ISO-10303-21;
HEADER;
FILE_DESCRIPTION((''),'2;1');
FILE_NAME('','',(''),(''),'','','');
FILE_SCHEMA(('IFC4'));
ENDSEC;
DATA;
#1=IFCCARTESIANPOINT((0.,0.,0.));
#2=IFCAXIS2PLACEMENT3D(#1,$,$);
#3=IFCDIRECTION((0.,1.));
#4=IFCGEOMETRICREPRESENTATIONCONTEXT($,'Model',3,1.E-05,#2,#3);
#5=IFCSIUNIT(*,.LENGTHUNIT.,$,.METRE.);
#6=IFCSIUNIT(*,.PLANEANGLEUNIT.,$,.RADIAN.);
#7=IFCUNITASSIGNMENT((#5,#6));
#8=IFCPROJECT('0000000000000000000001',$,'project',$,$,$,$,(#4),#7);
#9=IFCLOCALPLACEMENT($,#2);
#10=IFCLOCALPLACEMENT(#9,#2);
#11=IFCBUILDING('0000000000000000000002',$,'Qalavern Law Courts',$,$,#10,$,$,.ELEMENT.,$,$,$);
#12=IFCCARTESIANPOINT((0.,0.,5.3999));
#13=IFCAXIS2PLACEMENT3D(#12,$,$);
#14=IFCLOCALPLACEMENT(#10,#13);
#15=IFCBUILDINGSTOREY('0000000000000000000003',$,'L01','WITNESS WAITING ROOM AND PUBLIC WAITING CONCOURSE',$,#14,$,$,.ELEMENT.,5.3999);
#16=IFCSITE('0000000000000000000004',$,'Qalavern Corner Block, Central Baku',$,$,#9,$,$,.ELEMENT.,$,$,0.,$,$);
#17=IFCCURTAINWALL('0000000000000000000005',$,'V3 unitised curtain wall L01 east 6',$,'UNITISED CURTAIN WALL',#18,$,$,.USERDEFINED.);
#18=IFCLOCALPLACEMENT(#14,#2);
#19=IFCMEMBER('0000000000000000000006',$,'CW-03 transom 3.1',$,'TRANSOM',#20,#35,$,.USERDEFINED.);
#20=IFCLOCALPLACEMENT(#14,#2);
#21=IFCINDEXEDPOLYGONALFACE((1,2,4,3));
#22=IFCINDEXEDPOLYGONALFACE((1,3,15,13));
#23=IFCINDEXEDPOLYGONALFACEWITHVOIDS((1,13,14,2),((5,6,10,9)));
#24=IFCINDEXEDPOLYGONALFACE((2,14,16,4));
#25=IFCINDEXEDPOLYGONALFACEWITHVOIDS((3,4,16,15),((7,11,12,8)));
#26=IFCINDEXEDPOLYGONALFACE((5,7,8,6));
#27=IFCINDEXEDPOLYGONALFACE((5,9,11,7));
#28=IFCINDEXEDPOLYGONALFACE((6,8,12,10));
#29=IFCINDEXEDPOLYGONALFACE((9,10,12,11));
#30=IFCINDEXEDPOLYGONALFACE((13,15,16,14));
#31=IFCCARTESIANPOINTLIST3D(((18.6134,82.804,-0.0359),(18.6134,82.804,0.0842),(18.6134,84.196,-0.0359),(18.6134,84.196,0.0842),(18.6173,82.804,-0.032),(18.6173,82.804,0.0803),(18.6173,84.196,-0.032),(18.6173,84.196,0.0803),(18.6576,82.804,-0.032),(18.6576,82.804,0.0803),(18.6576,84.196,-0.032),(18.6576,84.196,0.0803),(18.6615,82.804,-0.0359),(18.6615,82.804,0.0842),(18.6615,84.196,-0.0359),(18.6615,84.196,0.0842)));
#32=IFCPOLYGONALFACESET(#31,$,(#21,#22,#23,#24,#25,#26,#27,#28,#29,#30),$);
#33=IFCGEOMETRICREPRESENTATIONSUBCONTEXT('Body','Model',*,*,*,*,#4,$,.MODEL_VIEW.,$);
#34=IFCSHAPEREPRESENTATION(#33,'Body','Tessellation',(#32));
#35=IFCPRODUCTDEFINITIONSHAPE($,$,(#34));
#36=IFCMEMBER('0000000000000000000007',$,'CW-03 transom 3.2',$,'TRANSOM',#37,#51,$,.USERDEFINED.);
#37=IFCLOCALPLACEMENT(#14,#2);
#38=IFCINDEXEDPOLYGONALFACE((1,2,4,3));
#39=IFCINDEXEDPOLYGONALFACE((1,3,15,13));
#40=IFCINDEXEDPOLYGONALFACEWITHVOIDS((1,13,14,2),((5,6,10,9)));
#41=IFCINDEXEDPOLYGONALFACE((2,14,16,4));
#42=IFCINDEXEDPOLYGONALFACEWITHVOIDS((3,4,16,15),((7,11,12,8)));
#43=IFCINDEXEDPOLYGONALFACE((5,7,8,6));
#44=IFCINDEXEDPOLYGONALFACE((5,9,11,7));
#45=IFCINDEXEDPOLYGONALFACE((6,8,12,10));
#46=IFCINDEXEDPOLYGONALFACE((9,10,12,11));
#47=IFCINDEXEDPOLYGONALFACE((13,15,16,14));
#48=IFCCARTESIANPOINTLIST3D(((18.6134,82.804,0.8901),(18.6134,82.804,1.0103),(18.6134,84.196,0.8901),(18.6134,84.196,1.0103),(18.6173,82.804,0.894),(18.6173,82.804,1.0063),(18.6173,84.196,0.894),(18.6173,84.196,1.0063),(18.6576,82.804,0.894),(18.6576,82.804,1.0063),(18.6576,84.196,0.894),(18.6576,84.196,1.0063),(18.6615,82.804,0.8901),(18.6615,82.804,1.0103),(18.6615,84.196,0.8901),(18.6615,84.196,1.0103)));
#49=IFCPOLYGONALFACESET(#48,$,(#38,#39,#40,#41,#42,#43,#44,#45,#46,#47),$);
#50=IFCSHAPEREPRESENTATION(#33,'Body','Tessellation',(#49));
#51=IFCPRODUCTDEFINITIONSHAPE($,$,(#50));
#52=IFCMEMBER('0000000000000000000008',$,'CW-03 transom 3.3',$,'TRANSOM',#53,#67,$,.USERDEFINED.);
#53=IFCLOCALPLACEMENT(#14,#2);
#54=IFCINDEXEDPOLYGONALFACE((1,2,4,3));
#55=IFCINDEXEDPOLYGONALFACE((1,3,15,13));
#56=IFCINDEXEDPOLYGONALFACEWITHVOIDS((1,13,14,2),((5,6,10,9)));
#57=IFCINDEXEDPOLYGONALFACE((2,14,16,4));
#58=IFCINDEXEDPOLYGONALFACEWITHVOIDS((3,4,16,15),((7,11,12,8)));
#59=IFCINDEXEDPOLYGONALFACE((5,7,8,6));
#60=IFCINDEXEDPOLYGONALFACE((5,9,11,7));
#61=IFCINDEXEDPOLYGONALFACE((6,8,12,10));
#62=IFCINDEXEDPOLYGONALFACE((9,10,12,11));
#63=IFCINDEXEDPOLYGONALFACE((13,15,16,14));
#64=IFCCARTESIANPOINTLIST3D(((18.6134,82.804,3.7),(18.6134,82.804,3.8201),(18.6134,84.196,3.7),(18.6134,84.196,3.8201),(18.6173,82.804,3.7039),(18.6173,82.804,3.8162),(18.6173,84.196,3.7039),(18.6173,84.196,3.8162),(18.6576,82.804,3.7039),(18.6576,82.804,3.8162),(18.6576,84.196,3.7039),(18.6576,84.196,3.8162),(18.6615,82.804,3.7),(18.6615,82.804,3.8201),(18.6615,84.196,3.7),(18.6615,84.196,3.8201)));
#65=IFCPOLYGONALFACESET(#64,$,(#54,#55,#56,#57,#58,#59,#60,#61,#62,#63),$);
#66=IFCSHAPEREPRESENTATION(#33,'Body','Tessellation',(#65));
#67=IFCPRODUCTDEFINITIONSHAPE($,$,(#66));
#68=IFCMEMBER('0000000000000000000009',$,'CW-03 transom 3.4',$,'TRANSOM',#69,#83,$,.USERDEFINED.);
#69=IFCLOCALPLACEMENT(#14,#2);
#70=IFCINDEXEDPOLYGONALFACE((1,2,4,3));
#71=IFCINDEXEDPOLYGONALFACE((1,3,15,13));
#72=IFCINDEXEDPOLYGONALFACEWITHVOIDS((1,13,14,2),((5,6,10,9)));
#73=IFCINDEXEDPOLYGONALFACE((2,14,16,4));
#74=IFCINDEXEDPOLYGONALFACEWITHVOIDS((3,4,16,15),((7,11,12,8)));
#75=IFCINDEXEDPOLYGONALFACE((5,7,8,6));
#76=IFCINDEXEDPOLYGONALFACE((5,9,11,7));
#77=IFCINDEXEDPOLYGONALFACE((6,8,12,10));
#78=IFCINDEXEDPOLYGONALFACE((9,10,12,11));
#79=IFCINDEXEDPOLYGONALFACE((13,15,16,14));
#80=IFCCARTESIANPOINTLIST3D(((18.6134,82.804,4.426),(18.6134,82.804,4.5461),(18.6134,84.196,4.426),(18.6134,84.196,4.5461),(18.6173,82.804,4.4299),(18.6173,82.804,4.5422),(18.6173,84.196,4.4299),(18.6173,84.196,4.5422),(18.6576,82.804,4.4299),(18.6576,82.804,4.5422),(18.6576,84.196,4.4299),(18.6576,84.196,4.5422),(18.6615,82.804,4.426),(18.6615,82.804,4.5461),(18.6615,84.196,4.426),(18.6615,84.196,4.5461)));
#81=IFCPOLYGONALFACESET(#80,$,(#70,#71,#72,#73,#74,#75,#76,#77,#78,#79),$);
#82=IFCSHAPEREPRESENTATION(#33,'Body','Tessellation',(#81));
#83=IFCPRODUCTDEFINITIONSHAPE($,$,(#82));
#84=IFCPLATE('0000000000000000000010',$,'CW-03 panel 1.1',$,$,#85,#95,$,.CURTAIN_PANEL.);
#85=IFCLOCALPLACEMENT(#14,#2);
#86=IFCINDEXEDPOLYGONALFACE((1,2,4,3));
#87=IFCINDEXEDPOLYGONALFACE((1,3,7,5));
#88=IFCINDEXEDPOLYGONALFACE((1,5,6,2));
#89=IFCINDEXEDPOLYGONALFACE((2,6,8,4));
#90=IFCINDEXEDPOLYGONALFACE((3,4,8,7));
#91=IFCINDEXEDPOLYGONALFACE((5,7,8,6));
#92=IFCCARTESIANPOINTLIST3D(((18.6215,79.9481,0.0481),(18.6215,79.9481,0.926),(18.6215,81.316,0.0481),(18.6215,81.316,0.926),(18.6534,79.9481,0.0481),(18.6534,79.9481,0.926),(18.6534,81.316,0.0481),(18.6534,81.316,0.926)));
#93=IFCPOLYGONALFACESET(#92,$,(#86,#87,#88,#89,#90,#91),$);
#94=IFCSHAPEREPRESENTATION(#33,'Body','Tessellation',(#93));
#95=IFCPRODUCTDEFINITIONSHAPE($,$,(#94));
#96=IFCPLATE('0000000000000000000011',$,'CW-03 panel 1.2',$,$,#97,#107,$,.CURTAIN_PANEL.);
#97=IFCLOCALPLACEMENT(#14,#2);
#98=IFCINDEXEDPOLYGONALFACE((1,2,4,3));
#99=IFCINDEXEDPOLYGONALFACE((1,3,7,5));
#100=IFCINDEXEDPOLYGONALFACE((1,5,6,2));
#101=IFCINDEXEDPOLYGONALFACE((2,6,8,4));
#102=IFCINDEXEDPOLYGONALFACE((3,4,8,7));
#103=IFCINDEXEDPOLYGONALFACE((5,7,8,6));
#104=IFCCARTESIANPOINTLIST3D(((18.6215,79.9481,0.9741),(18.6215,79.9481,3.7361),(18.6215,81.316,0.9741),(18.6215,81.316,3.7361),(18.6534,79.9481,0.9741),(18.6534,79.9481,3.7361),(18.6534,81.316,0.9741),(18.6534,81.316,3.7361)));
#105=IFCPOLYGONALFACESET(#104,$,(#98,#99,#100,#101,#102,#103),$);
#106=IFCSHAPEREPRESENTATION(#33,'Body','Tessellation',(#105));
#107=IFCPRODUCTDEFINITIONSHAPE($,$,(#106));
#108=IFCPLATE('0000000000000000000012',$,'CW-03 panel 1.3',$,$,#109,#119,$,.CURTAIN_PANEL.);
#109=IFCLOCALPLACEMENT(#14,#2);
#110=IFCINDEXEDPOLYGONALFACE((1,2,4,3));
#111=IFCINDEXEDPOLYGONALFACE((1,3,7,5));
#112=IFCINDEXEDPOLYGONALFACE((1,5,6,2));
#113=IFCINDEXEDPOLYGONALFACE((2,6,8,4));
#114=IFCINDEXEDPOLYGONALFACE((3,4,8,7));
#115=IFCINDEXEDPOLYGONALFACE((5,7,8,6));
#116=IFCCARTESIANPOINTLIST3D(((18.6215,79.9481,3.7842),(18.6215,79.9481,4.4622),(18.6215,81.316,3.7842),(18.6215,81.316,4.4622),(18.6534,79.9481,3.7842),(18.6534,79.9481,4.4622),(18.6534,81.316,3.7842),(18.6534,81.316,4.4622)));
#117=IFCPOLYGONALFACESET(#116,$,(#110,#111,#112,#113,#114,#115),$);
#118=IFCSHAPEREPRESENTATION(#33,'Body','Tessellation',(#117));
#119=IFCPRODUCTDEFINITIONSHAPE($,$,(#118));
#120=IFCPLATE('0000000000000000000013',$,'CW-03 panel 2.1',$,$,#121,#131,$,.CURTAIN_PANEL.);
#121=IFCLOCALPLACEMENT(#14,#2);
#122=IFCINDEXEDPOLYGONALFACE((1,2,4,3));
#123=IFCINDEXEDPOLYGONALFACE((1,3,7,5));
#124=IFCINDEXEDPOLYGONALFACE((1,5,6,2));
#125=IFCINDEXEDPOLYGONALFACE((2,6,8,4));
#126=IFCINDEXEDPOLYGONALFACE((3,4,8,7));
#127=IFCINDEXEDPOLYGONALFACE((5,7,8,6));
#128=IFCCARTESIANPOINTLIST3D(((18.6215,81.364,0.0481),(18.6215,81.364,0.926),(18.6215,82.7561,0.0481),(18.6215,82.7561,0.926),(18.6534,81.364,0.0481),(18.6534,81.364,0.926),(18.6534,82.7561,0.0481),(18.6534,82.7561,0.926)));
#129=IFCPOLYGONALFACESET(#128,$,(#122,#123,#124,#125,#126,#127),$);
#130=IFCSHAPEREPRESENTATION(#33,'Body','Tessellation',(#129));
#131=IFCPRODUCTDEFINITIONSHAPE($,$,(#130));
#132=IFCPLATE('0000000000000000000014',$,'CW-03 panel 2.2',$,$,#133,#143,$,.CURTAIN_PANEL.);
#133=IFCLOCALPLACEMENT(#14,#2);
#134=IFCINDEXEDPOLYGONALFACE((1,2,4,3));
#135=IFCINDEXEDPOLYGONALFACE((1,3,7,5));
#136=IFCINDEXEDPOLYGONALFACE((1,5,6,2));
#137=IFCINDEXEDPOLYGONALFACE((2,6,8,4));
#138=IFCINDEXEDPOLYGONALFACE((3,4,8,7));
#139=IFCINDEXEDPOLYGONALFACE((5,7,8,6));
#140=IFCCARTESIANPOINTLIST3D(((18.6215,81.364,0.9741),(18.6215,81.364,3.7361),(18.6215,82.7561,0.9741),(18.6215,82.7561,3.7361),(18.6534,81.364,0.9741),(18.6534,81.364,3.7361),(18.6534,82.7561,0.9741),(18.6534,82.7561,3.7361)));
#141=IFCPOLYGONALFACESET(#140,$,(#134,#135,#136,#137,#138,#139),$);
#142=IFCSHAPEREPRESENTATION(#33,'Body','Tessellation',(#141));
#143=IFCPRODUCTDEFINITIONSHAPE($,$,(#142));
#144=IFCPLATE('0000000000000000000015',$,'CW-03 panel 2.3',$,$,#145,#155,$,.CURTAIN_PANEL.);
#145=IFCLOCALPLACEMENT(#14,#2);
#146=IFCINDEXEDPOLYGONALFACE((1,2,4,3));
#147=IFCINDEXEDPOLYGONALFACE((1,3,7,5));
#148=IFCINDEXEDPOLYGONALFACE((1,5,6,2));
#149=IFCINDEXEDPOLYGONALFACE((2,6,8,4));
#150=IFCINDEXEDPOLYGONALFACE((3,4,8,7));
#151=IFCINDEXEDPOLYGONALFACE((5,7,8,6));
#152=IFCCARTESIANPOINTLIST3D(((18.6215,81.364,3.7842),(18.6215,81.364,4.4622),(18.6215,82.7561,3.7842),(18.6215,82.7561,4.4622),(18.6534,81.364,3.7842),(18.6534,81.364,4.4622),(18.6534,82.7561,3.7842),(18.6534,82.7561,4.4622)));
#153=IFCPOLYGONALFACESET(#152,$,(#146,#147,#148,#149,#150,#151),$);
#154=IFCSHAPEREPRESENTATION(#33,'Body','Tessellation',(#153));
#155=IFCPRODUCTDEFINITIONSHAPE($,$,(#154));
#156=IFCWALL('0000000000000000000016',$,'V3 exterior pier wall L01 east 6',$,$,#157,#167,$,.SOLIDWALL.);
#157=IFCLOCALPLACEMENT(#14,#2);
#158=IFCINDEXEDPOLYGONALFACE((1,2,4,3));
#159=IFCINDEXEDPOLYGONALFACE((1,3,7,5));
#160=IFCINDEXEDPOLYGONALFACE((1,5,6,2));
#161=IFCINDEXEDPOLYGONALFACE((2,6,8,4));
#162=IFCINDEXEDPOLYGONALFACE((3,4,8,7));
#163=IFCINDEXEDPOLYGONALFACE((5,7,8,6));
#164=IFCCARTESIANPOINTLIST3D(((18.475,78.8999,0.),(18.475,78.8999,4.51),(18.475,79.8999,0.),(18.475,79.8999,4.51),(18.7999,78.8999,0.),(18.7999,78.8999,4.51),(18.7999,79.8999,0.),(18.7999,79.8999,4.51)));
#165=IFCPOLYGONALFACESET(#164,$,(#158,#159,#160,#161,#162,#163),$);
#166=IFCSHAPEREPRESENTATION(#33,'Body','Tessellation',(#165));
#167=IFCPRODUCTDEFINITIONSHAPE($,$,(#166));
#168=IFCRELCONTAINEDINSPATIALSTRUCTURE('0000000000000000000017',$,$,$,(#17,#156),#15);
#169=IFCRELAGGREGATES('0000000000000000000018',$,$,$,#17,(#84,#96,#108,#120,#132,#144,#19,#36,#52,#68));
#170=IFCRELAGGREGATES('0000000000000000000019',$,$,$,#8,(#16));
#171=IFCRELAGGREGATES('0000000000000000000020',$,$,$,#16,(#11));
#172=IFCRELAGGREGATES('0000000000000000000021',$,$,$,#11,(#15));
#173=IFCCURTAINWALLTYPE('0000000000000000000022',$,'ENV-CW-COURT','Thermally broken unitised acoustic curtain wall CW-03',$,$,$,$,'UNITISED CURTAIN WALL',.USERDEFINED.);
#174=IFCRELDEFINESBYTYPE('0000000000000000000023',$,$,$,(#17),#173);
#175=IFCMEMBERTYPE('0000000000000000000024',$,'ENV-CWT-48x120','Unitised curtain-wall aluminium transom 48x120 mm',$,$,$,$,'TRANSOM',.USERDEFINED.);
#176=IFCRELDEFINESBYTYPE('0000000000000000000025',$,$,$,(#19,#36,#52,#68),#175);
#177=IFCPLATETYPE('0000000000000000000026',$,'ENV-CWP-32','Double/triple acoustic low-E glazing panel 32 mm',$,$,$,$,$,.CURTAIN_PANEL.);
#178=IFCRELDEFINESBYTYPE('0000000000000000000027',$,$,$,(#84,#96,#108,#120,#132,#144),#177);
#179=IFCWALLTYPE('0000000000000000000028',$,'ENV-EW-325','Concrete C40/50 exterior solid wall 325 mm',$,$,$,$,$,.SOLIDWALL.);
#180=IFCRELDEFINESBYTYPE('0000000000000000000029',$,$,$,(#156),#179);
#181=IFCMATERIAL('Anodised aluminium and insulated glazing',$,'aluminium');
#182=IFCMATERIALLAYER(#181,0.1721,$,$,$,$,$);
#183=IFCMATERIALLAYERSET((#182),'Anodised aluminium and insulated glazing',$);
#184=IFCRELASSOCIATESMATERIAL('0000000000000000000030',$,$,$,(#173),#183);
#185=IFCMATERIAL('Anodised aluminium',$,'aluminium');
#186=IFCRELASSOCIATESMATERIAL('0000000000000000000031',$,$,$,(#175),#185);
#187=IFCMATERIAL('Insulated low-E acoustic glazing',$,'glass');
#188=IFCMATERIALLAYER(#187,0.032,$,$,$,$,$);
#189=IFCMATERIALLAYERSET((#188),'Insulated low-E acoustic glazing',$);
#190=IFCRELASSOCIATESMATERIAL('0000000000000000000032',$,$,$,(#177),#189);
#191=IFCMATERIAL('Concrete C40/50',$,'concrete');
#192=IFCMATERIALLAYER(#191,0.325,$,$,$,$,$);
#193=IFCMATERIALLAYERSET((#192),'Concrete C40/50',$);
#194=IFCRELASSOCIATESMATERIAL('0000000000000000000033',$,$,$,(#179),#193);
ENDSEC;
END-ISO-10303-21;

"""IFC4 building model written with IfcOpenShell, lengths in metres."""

from ifc_helpers import new_model, si_unit, direction, frame, frame_2d, origin, origin_2d, place, context, subcontext, project, spatial, rectangle, hollow_rectangle, extrude, material, layer, layer_set, material_profile, profile_set, type_object, element, aggregate, save


model = new_model("IFC4")

# Units and contexts
model_context = context("Model", 3, precision=1e-05, world=origin(), true_north=direction((0.0, 1.0)))
body_context = subcontext(model_context, "Body", "Model", "MODEL_VIEW")
ifc_project = project(units=[si_unit("LENGTHUNIT", "METRE"), si_unit("PLANEANGLEUNIT", "RADIAN")], contexts=[model_context])

# Site, building, storey
site_placement = place(None, origin())
site = spatial("IfcSite", under=ifc_project, at=site_placement, Name="Qalavern Corner Block, Central Baku", CompositionType="ELEMENT", RefElevation=0.0)
building_placement = place(site_placement, origin())
building = spatial("IfcBuilding", under=site, at=building_placement, Name="Qalavern Law Courts", CompositionType="ELEMENT")
storey_placement = place(building_placement, frame((0.0, 0.0, 5.3999)))
storey = spatial("IfcBuildingStorey", under=building, at=storey_placement, Name="L01", Description="WITNESS WAITING ROOM AND PUBLIC WAITING CONCOURSE", CompositionType="ELEMENT", Elevation=5.3999)

# Curtain wall, members, plates
ifc_material_1 = material(Name="Anodised aluminium and insulated glazing", Category="aluminium")
ifc_layer_1 = layer(ifc_material_1, 0.1721)
ifc_layer_set_1 = layer_set([ifc_layer_1], Name="Anodised aluminium and insulated glazing")
curtain_wall_type = type_object("IfcCurtainWallType", Name="ENV-CW-COURT", Description="Thermally broken unitised acoustic curtain wall CW-03", ElementType="UNITISED CURTAIN WALL", PredefinedType="USERDEFINED", material=ifc_layer_set_1)
curtain_wall_placement = place(storey_placement, origin())
curtain_wall = element("IfcCurtainWall", 1, at=curtain_wall_placement, inside=storey, type_object=curtain_wall_type, Name="V3 unitised curtain wall L01 east 6", ObjectType="UNITISED CURTAIN WALL", PredefinedType="USERDEFINED")
ifc_material_2 = material(Name="Anodised aluminium", Category="aluminium")
ifc_material_profile_1 = material_profile(ifc_material_2, hollow_rectangle(XDim=0.0481, YDim=0.1201, WallThickness=0.0039, at=origin_2d()), Name="ALU TRANSOM 48x120")
ifc_profile_set_1 = profile_set([ifc_material_profile_1], Name="Anodised aluminium")
member_type_1 = type_object("IfcMemberType", Name="ENV-CWT-48x120", Description="Unitised curtain-wall aluminium transom 48x120 mm", ElementType="TRANSOM", PredefinedType="USERDEFINED", material=ifc_profile_set_1)
member_1_placement = place(storey_placement, frame((18.6375, 82.804, 0.0242), z_axis=(0.0, 1.0, 0.0), x_axis=(-1.0, 0.0, 0.0)))
member_1 = element("IfcMember", 2, at=member_1_placement, type_object=member_type_1, Name="CW-03 transom 3.1", ObjectType="TRANSOM", PredefinedType="USERDEFINED", context=body_context, shape_type="SweptSolid", body=[
    extrude(hollow_rectangle(XDim=0.0481, YDim=0.1201, WallThickness=0.0039, at=origin_2d()), origin(), (0.0, 0.0, 1.0), 1.3921),
])
member_2_placement = place(storey_placement, frame((18.6375, 82.804, 0.9502), z_axis=(0.0, 1.0, 0.0), x_axis=(-1.0, 0.0, 0.0)))
member_2 = element("IfcMember", 3, at=member_2_placement, type_object=member_type_1, Name="CW-03 transom 3.2", ObjectType="TRANSOM", PredefinedType="USERDEFINED", context=body_context, shape_type="SweptSolid", body=[
    extrude(hollow_rectangle(XDim=0.0481, YDim=0.1201, WallThickness=0.0039, at=origin_2d()), origin(), (0.0, 0.0, 1.0), 1.3921),
])
member_3_placement = place(storey_placement, frame((18.6375, 82.804, 3.76), z_axis=(0.0, 1.0, 0.0), x_axis=(-1.0, 0.0, 0.0)))
member_3 = element("IfcMember", 4, at=member_3_placement, type_object=member_type_1, Name="CW-03 transom 3.3", ObjectType="TRANSOM", PredefinedType="USERDEFINED", context=body_context, shape_type="SweptSolid", body=[
    extrude(hollow_rectangle(XDim=0.0481, YDim=0.1201, WallThickness=0.0039, at=origin_2d()), origin(), (0.0, 0.0, 1.0), 1.3921),
])
member_4_placement = place(storey_placement, frame((18.6375, 82.804, 4.4861), z_axis=(0.0, 1.0, 0.0), x_axis=(-1.0, 0.0, 0.0)))
member_4 = element("IfcMember", 5, at=member_4_placement, type_object=member_type_1, Name="CW-03 transom 3.4", ObjectType="TRANSOM", PredefinedType="USERDEFINED", context=body_context, shape_type="SweptSolid", body=[
    extrude(hollow_rectangle(XDim=0.0481, YDim=0.1201, WallThickness=0.0039, at=origin_2d()), origin(), (0.0, 0.0, 1.0), 1.3921),
])
ifc_material_3 = material(Name="Insulated low-E acoustic glazing", Category="glass")
ifc_layer_2 = layer(ifc_material_3, 0.032)
ifc_layer_set_2 = layer_set([ifc_layer_2], Name="Insulated low-E acoustic glazing")
plate_type = type_object("IfcPlateType", Name="ENV-CWP-32", Description="Double/triple acoustic low-E glazing panel 32 mm", PredefinedType="CURTAIN_PANEL", material=ifc_layer_set_2)
plate_1_placement = place(storey_placement, frame((18.6375, 80.6321, 0.0481), z_axis=(0.0, 0.0, 1.0), x_axis=(0.0, 1.0, 0.0)))
plate_1 = element("IfcPlate", 6, at=plate_1_placement, type_object=plate_type, Name="CW-03 panel 1.1", PredefinedType="CURTAIN_PANEL", context=body_context, shape_type="SweptSolid", body=[
    extrude(rectangle(XDim=1.3679, YDim=0.032, at=origin_2d()), origin(), (0.0, 0.0, 1.0), 0.8779),
])
plate_2_placement = place(storey_placement, frame((18.6375, 80.6321, 0.9741), z_axis=(0.0, 0.0, 1.0), x_axis=(0.0, 1.0, 0.0)))
plate_2 = element("IfcPlate", 7, at=plate_2_placement, type_object=plate_type, Name="CW-03 panel 1.2", PredefinedType="CURTAIN_PANEL", context=body_context, shape_type="SweptSolid", body=[
    extrude(rectangle(XDim=1.3679, YDim=0.032, at=origin_2d()), origin(), (0.0, 0.0, 1.0), 2.762),
])
plate_3_placement = place(storey_placement, frame((18.6375, 80.6321, 3.7842), z_axis=(0.0, 0.0, 1.0), x_axis=(0.0, 1.0, 0.0)))
plate_3 = element("IfcPlate", 8, at=plate_3_placement, type_object=plate_type, Name="CW-03 panel 1.3", PredefinedType="CURTAIN_PANEL", context=body_context, shape_type="SweptSolid", body=[
    extrude(rectangle(XDim=1.3679, YDim=0.032, at=origin_2d()), origin(), (0.0, 0.0, 1.0), 0.678),
])
plate_4_placement = place(storey_placement, frame((18.6375, 82.0601, 0.0481), z_axis=(0.0, 0.0, 1.0), x_axis=(0.0, 1.0, 0.0)))
plate_4 = element("IfcPlate", 9, at=plate_4_placement, type_object=plate_type, Name="CW-03 panel 2.1", PredefinedType="CURTAIN_PANEL", context=body_context, shape_type="SweptSolid", body=[
    extrude(rectangle(XDim=1.3921, YDim=0.032, at=origin_2d()), origin(), (0.0, 0.0, 1.0), 0.8779),
])
plate_5_placement = place(storey_placement, frame((18.6375, 82.0601, 0.9741), z_axis=(0.0, 0.0, 1.0), x_axis=(0.0, 1.0, 0.0)))
plate_5 = element("IfcPlate", 10, at=plate_5_placement, type_object=plate_type, Name="CW-03 panel 2.2", PredefinedType="CURTAIN_PANEL", context=body_context, shape_type="SweptSolid", body=[
    extrude(rectangle(XDim=1.3921, YDim=0.032, at=origin_2d()), origin(), (0.0, 0.0, 1.0), 2.762),
])
plate_6_placement = place(storey_placement, frame((18.6375, 82.0601, 3.7842), z_axis=(0.0, 0.0, 1.0), x_axis=(0.0, 1.0, 0.0)))
plate_6 = element("IfcPlate", 11, at=plate_6_placement, type_object=plate_type, Name="CW-03 panel 2.3", PredefinedType="CURTAIN_PANEL", context=body_context, shape_type="SweptSolid", body=[
    extrude(rectangle(XDim=1.3921, YDim=0.032, at=origin_2d()), origin(), (0.0, 0.0, 1.0), 0.678),
])
aggregate(curtain_wall, [plate_1, plate_2, plate_3, plate_4, plate_5, plate_6, member_1, member_2, member_3, member_4])

# Wall
ifc_material_4 = material(Name="Concrete C40/50", Category="concrete")
ifc_layer_3 = layer(ifc_material_4, 0.325)
ifc_layer_set_3 = layer_set([ifc_layer_3], Name="Concrete C40/50")
wall_type = type_object("IfcWallType", Name="ENV-EW-325", Description="Concrete C40/50 exterior solid wall 325 mm", PredefinedType="SOLIDWALL", material=ifc_layer_set_3)
wall_placement = place(storey_placement, frame((18.6375, 78.8999, 0.0), z_axis=(0.0, 0.0, 1.0), x_axis=(0.0, 1.0, 0.0)))
element("IfcWall", 12, at=wall_placement, inside=storey, type_object=wall_type, Name="V3 exterior pier wall L01 east 6", PredefinedType="SOLIDWALL", context=body_context, shape_type="SweptSolid", body=[
    extrude(rectangle(XDim=1.0, YDim=0.325, at=frame_2d((0.5, 0.0))), origin(), (0.0, 0.0, 1.0), 4.51),
])

save(model, "model.ifc")
